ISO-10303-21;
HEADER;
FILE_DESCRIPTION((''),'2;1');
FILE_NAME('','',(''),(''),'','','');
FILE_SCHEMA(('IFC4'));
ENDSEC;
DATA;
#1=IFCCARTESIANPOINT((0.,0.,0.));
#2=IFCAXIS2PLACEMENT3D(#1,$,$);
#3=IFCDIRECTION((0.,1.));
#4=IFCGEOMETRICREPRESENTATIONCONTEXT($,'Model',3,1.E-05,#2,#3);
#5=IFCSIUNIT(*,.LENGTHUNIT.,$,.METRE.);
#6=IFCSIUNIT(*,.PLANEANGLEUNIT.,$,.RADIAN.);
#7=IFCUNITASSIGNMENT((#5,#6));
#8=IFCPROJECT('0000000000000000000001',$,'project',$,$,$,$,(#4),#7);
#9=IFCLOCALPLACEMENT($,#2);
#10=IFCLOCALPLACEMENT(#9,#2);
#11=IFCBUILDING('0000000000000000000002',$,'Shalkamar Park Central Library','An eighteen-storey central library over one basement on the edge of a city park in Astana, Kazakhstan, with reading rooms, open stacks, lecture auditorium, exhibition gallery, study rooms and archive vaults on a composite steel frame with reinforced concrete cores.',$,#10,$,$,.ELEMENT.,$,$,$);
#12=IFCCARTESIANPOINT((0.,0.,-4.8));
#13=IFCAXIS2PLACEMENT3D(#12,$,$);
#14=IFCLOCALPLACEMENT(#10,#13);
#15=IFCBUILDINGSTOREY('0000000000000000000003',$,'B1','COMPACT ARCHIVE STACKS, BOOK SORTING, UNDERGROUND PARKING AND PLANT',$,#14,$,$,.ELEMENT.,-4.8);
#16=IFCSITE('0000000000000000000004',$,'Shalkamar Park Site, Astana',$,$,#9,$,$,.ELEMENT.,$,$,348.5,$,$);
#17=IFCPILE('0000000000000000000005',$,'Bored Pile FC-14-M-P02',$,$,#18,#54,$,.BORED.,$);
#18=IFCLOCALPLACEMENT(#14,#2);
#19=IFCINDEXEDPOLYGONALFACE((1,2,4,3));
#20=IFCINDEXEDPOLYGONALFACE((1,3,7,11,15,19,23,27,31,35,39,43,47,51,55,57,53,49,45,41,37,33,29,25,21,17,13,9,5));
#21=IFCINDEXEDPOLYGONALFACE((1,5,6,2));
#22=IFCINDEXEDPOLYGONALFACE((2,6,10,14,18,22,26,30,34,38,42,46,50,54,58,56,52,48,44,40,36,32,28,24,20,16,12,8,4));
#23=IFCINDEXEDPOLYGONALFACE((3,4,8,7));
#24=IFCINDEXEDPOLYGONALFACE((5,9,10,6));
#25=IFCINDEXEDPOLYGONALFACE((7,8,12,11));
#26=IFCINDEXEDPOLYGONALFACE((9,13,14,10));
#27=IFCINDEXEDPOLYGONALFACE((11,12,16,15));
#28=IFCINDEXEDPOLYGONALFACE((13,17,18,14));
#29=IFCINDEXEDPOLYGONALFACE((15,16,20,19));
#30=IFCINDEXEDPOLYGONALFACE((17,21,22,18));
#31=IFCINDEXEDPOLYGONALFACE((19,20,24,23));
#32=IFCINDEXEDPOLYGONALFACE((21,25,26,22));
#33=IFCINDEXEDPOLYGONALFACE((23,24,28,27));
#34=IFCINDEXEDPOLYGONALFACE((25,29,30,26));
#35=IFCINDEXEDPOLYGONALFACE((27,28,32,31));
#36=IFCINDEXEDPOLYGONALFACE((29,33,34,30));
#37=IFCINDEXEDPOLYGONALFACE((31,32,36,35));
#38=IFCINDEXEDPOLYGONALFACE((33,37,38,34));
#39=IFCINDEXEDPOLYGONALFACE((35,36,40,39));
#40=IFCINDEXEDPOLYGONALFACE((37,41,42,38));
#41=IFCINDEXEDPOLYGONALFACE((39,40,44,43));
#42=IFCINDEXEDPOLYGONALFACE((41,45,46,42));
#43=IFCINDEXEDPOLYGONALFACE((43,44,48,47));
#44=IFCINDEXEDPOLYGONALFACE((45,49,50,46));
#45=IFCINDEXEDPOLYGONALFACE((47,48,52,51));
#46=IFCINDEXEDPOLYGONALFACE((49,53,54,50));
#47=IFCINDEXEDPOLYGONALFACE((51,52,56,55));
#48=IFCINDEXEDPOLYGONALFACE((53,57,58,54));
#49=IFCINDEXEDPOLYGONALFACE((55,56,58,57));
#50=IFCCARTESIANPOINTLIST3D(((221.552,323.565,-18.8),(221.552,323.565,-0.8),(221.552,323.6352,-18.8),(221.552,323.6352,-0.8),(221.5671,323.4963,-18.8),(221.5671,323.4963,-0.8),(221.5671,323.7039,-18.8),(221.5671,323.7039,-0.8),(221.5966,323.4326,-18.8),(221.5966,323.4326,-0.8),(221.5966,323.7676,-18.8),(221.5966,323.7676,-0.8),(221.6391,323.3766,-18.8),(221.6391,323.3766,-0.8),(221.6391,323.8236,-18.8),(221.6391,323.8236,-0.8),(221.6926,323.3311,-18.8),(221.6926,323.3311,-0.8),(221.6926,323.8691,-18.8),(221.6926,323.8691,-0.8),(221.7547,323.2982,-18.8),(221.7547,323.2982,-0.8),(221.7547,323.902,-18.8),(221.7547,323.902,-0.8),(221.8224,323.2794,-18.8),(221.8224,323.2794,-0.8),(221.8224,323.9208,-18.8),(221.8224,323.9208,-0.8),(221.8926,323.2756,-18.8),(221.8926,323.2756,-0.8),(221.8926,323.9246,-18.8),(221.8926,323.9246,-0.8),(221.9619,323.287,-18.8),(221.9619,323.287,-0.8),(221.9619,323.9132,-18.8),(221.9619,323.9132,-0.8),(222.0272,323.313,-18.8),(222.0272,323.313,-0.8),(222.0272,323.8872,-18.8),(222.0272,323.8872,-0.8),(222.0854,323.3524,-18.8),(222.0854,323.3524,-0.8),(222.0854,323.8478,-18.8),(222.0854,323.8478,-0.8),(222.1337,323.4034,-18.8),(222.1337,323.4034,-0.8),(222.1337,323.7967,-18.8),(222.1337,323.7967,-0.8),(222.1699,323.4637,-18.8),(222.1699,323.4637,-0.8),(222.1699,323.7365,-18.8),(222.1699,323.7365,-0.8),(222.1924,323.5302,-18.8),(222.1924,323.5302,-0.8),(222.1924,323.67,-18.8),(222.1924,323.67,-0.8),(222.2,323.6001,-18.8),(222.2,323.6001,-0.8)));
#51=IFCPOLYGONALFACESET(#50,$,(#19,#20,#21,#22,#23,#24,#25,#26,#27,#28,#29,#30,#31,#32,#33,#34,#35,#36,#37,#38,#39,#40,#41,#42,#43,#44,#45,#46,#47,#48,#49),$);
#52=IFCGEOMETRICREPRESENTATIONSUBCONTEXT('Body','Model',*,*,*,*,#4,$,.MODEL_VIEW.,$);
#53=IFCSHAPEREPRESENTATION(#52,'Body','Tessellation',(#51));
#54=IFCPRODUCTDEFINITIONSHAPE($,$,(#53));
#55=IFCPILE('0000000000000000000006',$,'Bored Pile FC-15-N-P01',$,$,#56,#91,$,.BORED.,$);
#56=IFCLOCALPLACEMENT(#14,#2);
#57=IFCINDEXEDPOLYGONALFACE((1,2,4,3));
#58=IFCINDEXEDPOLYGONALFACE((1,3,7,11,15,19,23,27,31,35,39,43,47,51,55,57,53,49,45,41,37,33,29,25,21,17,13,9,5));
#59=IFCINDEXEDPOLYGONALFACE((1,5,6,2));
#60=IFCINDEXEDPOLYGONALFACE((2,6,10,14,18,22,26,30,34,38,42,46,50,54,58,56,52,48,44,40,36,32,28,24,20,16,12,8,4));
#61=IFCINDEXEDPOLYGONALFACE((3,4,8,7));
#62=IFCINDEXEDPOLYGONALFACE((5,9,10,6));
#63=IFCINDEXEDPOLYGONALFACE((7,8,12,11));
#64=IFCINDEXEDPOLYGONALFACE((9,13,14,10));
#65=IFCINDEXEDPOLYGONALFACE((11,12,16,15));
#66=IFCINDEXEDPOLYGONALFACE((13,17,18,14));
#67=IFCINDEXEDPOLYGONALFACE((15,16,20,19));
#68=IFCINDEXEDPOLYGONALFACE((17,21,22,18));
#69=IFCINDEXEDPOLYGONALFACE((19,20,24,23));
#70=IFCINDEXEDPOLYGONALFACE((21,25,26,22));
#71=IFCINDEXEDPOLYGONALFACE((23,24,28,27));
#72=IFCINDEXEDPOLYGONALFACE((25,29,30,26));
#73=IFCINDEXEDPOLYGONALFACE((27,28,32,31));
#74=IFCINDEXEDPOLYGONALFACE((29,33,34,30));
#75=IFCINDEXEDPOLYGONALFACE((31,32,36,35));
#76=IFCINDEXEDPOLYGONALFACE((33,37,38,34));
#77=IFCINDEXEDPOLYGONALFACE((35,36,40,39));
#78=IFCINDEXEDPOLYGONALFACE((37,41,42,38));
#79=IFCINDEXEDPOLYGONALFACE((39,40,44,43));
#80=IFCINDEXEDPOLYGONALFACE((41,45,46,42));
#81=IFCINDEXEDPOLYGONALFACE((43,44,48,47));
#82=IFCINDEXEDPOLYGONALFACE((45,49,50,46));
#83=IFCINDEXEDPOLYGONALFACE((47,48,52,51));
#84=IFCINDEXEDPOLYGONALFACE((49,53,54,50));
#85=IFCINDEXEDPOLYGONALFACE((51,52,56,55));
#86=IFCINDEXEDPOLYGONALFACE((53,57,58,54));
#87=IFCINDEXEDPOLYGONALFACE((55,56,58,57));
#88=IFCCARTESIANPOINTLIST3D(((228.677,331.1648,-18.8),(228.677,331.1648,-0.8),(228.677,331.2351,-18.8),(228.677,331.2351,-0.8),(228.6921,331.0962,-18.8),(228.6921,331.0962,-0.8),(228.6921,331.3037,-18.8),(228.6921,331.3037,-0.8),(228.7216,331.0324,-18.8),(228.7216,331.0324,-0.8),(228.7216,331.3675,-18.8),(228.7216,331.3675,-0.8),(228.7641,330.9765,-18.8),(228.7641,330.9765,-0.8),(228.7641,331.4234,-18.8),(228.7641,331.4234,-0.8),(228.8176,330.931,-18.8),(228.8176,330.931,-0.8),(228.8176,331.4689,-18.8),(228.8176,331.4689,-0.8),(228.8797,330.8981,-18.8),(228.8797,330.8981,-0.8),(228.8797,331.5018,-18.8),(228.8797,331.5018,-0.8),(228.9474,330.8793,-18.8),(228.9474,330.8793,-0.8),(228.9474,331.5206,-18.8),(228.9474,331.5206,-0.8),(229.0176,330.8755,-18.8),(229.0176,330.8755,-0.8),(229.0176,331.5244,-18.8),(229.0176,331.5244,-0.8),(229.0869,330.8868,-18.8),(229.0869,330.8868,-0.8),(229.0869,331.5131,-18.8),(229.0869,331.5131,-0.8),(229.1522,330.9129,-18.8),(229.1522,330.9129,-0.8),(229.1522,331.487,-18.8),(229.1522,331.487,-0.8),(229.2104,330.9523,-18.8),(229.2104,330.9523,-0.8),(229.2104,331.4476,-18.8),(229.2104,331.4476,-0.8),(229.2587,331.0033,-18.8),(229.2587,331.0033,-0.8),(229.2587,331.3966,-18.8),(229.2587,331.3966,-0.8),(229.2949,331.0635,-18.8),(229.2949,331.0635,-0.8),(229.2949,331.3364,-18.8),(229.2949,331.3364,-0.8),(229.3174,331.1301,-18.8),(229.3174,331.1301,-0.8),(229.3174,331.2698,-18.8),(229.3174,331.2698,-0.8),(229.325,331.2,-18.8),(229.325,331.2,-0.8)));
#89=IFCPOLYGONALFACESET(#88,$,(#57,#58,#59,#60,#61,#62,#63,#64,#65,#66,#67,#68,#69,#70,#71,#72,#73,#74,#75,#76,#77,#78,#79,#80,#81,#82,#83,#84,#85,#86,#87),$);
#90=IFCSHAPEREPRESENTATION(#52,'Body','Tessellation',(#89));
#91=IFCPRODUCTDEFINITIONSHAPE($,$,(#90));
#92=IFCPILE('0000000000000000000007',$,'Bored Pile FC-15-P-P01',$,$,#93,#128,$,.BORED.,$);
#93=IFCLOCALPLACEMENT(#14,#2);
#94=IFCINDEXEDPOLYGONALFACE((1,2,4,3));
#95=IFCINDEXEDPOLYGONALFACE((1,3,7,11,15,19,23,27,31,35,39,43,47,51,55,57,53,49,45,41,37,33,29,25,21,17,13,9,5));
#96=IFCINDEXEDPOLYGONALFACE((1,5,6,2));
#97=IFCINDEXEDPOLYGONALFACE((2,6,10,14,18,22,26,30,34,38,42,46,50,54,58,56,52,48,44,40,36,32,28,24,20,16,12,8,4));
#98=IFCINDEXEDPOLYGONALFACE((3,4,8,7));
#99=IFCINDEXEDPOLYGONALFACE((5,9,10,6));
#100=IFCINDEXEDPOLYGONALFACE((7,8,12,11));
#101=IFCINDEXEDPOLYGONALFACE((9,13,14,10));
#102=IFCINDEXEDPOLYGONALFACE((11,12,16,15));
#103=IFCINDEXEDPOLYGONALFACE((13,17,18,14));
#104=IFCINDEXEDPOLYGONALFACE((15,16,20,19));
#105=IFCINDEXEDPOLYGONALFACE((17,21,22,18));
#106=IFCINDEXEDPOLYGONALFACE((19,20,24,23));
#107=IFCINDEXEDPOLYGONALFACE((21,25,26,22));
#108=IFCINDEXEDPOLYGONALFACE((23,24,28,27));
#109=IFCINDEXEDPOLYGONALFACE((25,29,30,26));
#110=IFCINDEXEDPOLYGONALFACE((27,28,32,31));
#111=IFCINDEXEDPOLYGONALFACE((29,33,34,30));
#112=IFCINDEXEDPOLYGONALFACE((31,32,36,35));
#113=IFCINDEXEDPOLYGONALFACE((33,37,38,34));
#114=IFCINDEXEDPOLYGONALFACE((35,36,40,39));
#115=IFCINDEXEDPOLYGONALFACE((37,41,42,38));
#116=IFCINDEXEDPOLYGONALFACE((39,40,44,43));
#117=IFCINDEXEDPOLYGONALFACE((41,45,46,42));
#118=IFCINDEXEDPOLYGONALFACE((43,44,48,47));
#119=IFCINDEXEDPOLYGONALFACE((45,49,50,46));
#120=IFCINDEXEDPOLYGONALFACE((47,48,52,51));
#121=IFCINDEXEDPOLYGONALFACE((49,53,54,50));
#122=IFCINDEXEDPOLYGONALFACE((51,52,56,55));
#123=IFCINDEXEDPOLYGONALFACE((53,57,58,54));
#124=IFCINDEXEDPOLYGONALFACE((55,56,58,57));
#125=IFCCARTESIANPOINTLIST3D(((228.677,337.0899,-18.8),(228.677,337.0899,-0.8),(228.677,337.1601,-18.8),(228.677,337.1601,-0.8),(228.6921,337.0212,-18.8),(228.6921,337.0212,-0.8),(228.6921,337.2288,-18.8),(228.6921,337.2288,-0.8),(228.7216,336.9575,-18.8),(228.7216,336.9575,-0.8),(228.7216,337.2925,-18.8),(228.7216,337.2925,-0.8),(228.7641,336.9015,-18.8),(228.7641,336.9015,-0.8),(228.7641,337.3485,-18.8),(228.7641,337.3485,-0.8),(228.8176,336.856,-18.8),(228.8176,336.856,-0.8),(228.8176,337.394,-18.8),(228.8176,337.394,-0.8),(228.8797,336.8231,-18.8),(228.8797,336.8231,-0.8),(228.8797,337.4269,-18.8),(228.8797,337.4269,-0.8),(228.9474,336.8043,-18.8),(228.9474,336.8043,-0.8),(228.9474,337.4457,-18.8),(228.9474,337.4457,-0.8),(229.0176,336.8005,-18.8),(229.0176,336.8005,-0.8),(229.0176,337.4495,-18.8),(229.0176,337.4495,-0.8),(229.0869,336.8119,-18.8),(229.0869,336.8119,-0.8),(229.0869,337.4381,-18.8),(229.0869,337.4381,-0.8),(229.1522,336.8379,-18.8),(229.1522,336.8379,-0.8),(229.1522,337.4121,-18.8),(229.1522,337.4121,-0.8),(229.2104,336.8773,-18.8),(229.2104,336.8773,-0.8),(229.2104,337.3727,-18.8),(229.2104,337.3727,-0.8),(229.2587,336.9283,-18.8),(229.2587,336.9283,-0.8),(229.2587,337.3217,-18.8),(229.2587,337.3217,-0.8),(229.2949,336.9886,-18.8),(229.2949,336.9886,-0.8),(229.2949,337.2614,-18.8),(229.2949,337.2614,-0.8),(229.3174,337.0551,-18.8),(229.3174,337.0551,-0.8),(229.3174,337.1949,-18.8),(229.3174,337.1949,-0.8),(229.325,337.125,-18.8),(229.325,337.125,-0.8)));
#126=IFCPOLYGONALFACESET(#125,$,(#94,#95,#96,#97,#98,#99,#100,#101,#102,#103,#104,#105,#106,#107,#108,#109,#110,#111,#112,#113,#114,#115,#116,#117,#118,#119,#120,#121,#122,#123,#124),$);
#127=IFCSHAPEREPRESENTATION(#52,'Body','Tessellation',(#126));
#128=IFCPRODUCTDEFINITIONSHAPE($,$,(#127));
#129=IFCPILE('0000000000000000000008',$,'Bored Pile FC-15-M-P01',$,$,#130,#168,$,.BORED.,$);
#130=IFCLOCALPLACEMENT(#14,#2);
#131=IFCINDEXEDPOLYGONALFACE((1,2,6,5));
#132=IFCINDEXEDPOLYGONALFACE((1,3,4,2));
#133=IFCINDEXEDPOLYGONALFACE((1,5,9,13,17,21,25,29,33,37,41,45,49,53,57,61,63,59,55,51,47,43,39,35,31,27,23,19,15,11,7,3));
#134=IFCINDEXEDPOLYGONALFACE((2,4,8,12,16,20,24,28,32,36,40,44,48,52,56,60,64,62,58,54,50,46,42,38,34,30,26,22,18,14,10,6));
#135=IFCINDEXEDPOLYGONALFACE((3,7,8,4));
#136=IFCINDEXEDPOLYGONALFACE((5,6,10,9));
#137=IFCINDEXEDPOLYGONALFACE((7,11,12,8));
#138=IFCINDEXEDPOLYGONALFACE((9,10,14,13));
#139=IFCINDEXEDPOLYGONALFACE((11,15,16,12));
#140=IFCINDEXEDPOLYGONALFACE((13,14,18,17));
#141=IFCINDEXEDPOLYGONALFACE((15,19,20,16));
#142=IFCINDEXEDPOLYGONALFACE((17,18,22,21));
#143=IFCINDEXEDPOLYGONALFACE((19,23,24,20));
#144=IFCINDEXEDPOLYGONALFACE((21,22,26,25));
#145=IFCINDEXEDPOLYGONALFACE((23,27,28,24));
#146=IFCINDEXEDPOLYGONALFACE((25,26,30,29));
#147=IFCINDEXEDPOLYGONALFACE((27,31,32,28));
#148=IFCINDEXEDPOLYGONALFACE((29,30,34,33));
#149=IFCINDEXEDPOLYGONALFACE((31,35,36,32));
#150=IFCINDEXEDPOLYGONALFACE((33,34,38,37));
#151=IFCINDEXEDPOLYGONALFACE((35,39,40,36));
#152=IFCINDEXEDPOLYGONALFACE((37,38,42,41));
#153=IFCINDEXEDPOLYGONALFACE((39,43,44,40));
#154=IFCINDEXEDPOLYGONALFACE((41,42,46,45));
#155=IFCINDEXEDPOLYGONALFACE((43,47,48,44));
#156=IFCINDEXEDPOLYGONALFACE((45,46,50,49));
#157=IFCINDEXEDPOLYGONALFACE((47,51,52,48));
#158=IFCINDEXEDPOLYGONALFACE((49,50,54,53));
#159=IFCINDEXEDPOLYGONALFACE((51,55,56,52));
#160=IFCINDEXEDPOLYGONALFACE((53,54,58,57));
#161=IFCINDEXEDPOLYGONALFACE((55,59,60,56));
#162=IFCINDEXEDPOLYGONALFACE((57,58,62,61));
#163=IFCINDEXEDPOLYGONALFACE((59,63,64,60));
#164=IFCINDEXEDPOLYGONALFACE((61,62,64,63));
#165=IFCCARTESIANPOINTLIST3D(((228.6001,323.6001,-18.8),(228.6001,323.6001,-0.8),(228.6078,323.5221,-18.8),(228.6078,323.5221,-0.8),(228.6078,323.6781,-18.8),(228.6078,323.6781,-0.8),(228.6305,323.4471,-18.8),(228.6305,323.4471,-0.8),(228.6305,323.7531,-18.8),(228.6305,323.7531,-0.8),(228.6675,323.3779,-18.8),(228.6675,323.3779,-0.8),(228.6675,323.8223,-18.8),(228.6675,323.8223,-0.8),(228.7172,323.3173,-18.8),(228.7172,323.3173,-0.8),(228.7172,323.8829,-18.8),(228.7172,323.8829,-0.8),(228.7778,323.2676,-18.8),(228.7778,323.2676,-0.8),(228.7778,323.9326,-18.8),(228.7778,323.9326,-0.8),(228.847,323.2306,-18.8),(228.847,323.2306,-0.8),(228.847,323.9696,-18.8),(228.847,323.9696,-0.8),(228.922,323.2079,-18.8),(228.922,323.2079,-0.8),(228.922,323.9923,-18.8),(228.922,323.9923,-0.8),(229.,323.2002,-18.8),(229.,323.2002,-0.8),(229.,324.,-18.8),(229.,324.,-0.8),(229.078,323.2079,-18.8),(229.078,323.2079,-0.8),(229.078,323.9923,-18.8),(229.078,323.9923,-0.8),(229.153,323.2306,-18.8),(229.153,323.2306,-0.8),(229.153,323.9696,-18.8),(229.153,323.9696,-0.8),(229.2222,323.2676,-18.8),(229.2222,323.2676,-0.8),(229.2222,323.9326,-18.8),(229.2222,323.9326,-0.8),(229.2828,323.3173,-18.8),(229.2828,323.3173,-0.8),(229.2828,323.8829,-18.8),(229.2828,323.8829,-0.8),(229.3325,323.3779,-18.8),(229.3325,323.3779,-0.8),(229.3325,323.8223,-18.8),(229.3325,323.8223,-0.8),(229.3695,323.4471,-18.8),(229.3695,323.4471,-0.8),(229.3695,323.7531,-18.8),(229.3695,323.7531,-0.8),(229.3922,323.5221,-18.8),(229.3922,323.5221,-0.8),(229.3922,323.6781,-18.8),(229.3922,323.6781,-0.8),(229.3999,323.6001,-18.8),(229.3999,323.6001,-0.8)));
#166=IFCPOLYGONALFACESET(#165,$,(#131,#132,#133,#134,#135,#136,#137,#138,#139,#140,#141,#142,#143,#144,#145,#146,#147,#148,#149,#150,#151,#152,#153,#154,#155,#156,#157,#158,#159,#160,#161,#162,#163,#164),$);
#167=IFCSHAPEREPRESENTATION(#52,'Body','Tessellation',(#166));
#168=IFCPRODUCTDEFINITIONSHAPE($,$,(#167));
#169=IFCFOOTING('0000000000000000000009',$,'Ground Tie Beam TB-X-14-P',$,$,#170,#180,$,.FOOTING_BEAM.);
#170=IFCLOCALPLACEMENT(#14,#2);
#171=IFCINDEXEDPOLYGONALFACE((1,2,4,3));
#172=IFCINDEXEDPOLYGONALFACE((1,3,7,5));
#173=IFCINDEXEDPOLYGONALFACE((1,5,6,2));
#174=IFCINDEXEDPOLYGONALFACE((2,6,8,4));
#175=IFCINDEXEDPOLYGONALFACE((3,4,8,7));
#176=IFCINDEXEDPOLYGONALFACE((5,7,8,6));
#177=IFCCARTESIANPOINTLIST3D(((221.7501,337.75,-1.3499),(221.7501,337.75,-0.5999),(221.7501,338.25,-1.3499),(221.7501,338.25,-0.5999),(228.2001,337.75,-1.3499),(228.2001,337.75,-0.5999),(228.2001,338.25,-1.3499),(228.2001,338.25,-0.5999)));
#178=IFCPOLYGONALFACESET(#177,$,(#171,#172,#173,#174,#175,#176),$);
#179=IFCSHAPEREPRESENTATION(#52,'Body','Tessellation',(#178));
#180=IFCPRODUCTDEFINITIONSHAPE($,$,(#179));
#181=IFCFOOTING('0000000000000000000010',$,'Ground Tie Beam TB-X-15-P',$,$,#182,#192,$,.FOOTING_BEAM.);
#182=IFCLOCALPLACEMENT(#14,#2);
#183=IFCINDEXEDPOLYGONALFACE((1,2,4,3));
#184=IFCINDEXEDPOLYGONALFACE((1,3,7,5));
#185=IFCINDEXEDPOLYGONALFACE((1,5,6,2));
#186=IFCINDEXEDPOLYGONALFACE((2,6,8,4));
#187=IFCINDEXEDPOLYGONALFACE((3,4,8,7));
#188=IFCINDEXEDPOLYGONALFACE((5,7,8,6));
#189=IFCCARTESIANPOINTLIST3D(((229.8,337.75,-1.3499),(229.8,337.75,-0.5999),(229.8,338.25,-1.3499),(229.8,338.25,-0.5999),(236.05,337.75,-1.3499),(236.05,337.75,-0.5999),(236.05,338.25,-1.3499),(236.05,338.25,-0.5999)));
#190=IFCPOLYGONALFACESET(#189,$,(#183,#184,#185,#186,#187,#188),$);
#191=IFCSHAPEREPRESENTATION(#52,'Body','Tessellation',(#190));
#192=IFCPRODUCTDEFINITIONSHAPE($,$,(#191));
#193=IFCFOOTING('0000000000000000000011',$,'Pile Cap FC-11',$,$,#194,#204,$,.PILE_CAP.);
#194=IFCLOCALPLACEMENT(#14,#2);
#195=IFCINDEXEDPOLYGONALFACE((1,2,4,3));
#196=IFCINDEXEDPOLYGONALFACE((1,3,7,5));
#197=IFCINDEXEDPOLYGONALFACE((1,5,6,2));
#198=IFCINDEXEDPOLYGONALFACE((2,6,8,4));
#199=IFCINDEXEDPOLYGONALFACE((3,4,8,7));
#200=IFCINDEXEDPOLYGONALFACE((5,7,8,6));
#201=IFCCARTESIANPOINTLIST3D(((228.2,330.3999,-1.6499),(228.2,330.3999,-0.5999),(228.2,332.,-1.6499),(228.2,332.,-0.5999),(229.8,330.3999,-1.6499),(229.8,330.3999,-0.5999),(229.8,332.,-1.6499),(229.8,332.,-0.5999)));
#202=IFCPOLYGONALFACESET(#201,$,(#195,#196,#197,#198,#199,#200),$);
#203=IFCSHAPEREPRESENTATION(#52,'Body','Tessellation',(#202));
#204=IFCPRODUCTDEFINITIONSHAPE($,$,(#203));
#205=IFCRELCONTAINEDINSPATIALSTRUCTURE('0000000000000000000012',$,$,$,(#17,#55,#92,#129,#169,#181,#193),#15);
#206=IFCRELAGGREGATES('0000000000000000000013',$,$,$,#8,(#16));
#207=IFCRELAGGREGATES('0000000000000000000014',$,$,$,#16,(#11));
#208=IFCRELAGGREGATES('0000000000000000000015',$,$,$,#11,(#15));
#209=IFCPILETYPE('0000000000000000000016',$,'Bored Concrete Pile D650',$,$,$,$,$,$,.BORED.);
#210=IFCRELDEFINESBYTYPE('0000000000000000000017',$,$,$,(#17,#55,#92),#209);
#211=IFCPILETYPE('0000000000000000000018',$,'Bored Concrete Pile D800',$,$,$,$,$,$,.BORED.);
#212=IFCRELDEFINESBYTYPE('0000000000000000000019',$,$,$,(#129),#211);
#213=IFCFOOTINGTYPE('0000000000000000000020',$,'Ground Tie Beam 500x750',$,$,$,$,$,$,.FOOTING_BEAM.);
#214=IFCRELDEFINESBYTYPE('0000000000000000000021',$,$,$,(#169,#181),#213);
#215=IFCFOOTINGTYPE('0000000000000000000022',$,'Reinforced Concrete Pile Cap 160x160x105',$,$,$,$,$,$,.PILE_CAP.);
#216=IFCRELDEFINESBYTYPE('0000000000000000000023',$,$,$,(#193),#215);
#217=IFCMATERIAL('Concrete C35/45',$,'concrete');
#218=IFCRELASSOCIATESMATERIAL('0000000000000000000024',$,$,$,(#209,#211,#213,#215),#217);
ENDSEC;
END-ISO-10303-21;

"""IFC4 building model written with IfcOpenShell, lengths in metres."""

from ifc_helpers import new_model, si_unit, direction, frame, origin, origin_2d, place, context, subcontext, project, spatial, rectangle, circle, extrude, material, material_profile, profile_set, type_object, element, save


model = new_model("IFC4")

# Units and contexts
model_context = context("Model", 3, precision=1e-05, world=origin(), true_north=direction((0.0, 1.0)))
body_context = subcontext(model_context, "Body", "Model", "MODEL_VIEW")
ifc_project = project(units=[si_unit("LENGTHUNIT", "METRE"), si_unit("PLANEANGLEUNIT", "RADIAN")], contexts=[model_context])

# Site, building, storey
site_placement = place(None, origin())
site = spatial("IfcSite", under=ifc_project, at=site_placement, Name="Shalkamar Park Site, Astana", CompositionType="ELEMENT", RefElevation=348.5)
building_placement = place(site_placement, origin())
building = spatial("IfcBuilding", under=site, at=building_placement, Name="Shalkamar Park Central Library", Description="An eighteen-storey central library over one basement on the edge of a city park in Astana, Kazakhstan, with reading rooms, open stacks, lecture auditorium, exhibition gallery, study rooms and archive vaults on a composite steel frame with reinforced concrete cores.", CompositionType="ELEMENT")
storey_placement = place(building_placement, frame((0.0, 0.0, -4.8)))
storey = spatial("IfcBuildingStorey", under=building, at=storey_placement, Name="B1", Description="COMPACT ARCHIVE STACKS, BOOK SORTING, UNDERGROUND PARKING AND PLANT", CompositionType="ELEMENT", Elevation=-4.8)

# Piles
ifc_material_1 = material(Name="Concrete C35/45", Category="concrete")
ifc_material_profile_1 = material_profile(ifc_material_1, circle(Radius=0.325, at=origin_2d()), Name="PILE D650")
ifc_profile_set_1 = profile_set([ifc_material_profile_1], Name="Concrete C35/45")
pile_type_1 = type_object("IfcPileType", Name="Bored Concrete Pile D650", PredefinedType="BORED", material=ifc_profile_set_1)
for number, where, z_axis, x_axis, name in (
    (1, (221.875, 323.6001, -0.8), (0.0, 0.0, -1.0), (1.0, 0.0, 0.0), "Bored Pile FC-14-M-P02"),
    (2, (229.0, 331.2, -0.8), (0.0, 0.0, -1.0), (1.0, 0.0, 0.0), "Bored Pile FC-15-N-P01"),
    (3, (229.0, 337.125, -0.8), (0.0, 0.0, -1.0), (1.0, 0.0, 0.0), "Bored Pile FC-15-P-P01"),
):
    element("IfcPile", number, at=place(storey_placement, frame(where, z_axis=z_axis, x_axis=x_axis)), inside=storey, type_object=pile_type_1, Name=name, PredefinedType="BORED", context=body_context, shape_type="SweptSolid", body=[
        extrude(circle(Radius=0.325, at=origin_2d()), origin(), (0.0, 0.0, 1.0), 18.0),
    ])
ifc_material_profile_2 = material_profile(ifc_material_1, circle(Radius=0.3999, at=origin_2d()), Name="PILE D800")
ifc_profile_set_2 = profile_set([ifc_material_profile_2], Name="Concrete C35/45")
pile_type_2 = type_object("IfcPileType", Name="Bored Concrete Pile D800", PredefinedType="BORED", material=ifc_profile_set_2)
pile_placement = place(storey_placement, frame((229.0, 323.6001, -0.8), z_axis=(0.0, 0.0, -1.0), x_axis=(1.0, 0.0, 0.0)))
element("IfcPile", 4, at=pile_placement, inside=storey, type_object=pile_type_2, Name="Bored Pile FC-15-M-P01", PredefinedType="BORED", context=body_context, shape_type="SweptSolid", body=[
    extrude(circle(Radius=0.3999, at=origin_2d()), origin(), (0.0, 0.0, 1.0), 18.0),
])

# Footings
footing_type_1 = type_object("IfcFootingType", Name="Ground Tie Beam 500x750", PredefinedType="FOOTING_BEAM", material=ifc_material_1)
footing_1_placement = place(storey_placement, frame((224.9751, 338.0, -1.3499), z_axis=(0.0, 0.0, 1.0), x_axis=(1.0, 0.0, 0.0)))
element("IfcFooting", 5, at=footing_1_placement, inside=storey, type_object=footing_type_1, Name="Ground Tie Beam TB-X-14-P", PredefinedType="FOOTING_BEAM", context=body_context, shape_type="SweptSolid", body=[
    extrude(rectangle(XDim=6.45, YDim=0.5, at=origin_2d()), origin(), (0.0, 0.0, 1.0), 0.75),
])
footing_2_placement = place(storey_placement, frame((232.925, 338.0, -1.3499), z_axis=(0.0, 0.0, 1.0), x_axis=(1.0, 0.0, 0.0)))
element("IfcFooting", 6, at=footing_2_placement, inside=storey, type_object=footing_type_1, Name="Ground Tie Beam TB-X-15-P", PredefinedType="FOOTING_BEAM", context=body_context, shape_type="SweptSolid", body=[
    extrude(rectangle(XDim=6.25, YDim=0.5, at=origin_2d()), origin(), (0.0, 0.0, 1.0), 0.75),
])
footing_type_2 = type_object("IfcFootingType", Name="Reinforced Concrete Pile Cap 160x160x105", PredefinedType="PILE_CAP", material=ifc_material_1)
footing_3_placement = place(storey_placement, frame((229.0, 331.2, -1.6499), z_axis=(0.0, 0.0, 1.0), x_axis=(1.0, 0.0, 0.0)))
element("IfcFooting", 7, at=footing_3_placement, inside=storey, type_object=footing_type_2, Name="Pile Cap FC-11", PredefinedType="PILE_CAP", context=body_context, shape_type="SweptSolid", body=[
    extrude(rectangle(XDim=1.6001, YDim=1.6001, at=origin_2d()), origin(), (0.0, 0.0, 1.0), 1.05),
])

save(model, "model.ifc")
